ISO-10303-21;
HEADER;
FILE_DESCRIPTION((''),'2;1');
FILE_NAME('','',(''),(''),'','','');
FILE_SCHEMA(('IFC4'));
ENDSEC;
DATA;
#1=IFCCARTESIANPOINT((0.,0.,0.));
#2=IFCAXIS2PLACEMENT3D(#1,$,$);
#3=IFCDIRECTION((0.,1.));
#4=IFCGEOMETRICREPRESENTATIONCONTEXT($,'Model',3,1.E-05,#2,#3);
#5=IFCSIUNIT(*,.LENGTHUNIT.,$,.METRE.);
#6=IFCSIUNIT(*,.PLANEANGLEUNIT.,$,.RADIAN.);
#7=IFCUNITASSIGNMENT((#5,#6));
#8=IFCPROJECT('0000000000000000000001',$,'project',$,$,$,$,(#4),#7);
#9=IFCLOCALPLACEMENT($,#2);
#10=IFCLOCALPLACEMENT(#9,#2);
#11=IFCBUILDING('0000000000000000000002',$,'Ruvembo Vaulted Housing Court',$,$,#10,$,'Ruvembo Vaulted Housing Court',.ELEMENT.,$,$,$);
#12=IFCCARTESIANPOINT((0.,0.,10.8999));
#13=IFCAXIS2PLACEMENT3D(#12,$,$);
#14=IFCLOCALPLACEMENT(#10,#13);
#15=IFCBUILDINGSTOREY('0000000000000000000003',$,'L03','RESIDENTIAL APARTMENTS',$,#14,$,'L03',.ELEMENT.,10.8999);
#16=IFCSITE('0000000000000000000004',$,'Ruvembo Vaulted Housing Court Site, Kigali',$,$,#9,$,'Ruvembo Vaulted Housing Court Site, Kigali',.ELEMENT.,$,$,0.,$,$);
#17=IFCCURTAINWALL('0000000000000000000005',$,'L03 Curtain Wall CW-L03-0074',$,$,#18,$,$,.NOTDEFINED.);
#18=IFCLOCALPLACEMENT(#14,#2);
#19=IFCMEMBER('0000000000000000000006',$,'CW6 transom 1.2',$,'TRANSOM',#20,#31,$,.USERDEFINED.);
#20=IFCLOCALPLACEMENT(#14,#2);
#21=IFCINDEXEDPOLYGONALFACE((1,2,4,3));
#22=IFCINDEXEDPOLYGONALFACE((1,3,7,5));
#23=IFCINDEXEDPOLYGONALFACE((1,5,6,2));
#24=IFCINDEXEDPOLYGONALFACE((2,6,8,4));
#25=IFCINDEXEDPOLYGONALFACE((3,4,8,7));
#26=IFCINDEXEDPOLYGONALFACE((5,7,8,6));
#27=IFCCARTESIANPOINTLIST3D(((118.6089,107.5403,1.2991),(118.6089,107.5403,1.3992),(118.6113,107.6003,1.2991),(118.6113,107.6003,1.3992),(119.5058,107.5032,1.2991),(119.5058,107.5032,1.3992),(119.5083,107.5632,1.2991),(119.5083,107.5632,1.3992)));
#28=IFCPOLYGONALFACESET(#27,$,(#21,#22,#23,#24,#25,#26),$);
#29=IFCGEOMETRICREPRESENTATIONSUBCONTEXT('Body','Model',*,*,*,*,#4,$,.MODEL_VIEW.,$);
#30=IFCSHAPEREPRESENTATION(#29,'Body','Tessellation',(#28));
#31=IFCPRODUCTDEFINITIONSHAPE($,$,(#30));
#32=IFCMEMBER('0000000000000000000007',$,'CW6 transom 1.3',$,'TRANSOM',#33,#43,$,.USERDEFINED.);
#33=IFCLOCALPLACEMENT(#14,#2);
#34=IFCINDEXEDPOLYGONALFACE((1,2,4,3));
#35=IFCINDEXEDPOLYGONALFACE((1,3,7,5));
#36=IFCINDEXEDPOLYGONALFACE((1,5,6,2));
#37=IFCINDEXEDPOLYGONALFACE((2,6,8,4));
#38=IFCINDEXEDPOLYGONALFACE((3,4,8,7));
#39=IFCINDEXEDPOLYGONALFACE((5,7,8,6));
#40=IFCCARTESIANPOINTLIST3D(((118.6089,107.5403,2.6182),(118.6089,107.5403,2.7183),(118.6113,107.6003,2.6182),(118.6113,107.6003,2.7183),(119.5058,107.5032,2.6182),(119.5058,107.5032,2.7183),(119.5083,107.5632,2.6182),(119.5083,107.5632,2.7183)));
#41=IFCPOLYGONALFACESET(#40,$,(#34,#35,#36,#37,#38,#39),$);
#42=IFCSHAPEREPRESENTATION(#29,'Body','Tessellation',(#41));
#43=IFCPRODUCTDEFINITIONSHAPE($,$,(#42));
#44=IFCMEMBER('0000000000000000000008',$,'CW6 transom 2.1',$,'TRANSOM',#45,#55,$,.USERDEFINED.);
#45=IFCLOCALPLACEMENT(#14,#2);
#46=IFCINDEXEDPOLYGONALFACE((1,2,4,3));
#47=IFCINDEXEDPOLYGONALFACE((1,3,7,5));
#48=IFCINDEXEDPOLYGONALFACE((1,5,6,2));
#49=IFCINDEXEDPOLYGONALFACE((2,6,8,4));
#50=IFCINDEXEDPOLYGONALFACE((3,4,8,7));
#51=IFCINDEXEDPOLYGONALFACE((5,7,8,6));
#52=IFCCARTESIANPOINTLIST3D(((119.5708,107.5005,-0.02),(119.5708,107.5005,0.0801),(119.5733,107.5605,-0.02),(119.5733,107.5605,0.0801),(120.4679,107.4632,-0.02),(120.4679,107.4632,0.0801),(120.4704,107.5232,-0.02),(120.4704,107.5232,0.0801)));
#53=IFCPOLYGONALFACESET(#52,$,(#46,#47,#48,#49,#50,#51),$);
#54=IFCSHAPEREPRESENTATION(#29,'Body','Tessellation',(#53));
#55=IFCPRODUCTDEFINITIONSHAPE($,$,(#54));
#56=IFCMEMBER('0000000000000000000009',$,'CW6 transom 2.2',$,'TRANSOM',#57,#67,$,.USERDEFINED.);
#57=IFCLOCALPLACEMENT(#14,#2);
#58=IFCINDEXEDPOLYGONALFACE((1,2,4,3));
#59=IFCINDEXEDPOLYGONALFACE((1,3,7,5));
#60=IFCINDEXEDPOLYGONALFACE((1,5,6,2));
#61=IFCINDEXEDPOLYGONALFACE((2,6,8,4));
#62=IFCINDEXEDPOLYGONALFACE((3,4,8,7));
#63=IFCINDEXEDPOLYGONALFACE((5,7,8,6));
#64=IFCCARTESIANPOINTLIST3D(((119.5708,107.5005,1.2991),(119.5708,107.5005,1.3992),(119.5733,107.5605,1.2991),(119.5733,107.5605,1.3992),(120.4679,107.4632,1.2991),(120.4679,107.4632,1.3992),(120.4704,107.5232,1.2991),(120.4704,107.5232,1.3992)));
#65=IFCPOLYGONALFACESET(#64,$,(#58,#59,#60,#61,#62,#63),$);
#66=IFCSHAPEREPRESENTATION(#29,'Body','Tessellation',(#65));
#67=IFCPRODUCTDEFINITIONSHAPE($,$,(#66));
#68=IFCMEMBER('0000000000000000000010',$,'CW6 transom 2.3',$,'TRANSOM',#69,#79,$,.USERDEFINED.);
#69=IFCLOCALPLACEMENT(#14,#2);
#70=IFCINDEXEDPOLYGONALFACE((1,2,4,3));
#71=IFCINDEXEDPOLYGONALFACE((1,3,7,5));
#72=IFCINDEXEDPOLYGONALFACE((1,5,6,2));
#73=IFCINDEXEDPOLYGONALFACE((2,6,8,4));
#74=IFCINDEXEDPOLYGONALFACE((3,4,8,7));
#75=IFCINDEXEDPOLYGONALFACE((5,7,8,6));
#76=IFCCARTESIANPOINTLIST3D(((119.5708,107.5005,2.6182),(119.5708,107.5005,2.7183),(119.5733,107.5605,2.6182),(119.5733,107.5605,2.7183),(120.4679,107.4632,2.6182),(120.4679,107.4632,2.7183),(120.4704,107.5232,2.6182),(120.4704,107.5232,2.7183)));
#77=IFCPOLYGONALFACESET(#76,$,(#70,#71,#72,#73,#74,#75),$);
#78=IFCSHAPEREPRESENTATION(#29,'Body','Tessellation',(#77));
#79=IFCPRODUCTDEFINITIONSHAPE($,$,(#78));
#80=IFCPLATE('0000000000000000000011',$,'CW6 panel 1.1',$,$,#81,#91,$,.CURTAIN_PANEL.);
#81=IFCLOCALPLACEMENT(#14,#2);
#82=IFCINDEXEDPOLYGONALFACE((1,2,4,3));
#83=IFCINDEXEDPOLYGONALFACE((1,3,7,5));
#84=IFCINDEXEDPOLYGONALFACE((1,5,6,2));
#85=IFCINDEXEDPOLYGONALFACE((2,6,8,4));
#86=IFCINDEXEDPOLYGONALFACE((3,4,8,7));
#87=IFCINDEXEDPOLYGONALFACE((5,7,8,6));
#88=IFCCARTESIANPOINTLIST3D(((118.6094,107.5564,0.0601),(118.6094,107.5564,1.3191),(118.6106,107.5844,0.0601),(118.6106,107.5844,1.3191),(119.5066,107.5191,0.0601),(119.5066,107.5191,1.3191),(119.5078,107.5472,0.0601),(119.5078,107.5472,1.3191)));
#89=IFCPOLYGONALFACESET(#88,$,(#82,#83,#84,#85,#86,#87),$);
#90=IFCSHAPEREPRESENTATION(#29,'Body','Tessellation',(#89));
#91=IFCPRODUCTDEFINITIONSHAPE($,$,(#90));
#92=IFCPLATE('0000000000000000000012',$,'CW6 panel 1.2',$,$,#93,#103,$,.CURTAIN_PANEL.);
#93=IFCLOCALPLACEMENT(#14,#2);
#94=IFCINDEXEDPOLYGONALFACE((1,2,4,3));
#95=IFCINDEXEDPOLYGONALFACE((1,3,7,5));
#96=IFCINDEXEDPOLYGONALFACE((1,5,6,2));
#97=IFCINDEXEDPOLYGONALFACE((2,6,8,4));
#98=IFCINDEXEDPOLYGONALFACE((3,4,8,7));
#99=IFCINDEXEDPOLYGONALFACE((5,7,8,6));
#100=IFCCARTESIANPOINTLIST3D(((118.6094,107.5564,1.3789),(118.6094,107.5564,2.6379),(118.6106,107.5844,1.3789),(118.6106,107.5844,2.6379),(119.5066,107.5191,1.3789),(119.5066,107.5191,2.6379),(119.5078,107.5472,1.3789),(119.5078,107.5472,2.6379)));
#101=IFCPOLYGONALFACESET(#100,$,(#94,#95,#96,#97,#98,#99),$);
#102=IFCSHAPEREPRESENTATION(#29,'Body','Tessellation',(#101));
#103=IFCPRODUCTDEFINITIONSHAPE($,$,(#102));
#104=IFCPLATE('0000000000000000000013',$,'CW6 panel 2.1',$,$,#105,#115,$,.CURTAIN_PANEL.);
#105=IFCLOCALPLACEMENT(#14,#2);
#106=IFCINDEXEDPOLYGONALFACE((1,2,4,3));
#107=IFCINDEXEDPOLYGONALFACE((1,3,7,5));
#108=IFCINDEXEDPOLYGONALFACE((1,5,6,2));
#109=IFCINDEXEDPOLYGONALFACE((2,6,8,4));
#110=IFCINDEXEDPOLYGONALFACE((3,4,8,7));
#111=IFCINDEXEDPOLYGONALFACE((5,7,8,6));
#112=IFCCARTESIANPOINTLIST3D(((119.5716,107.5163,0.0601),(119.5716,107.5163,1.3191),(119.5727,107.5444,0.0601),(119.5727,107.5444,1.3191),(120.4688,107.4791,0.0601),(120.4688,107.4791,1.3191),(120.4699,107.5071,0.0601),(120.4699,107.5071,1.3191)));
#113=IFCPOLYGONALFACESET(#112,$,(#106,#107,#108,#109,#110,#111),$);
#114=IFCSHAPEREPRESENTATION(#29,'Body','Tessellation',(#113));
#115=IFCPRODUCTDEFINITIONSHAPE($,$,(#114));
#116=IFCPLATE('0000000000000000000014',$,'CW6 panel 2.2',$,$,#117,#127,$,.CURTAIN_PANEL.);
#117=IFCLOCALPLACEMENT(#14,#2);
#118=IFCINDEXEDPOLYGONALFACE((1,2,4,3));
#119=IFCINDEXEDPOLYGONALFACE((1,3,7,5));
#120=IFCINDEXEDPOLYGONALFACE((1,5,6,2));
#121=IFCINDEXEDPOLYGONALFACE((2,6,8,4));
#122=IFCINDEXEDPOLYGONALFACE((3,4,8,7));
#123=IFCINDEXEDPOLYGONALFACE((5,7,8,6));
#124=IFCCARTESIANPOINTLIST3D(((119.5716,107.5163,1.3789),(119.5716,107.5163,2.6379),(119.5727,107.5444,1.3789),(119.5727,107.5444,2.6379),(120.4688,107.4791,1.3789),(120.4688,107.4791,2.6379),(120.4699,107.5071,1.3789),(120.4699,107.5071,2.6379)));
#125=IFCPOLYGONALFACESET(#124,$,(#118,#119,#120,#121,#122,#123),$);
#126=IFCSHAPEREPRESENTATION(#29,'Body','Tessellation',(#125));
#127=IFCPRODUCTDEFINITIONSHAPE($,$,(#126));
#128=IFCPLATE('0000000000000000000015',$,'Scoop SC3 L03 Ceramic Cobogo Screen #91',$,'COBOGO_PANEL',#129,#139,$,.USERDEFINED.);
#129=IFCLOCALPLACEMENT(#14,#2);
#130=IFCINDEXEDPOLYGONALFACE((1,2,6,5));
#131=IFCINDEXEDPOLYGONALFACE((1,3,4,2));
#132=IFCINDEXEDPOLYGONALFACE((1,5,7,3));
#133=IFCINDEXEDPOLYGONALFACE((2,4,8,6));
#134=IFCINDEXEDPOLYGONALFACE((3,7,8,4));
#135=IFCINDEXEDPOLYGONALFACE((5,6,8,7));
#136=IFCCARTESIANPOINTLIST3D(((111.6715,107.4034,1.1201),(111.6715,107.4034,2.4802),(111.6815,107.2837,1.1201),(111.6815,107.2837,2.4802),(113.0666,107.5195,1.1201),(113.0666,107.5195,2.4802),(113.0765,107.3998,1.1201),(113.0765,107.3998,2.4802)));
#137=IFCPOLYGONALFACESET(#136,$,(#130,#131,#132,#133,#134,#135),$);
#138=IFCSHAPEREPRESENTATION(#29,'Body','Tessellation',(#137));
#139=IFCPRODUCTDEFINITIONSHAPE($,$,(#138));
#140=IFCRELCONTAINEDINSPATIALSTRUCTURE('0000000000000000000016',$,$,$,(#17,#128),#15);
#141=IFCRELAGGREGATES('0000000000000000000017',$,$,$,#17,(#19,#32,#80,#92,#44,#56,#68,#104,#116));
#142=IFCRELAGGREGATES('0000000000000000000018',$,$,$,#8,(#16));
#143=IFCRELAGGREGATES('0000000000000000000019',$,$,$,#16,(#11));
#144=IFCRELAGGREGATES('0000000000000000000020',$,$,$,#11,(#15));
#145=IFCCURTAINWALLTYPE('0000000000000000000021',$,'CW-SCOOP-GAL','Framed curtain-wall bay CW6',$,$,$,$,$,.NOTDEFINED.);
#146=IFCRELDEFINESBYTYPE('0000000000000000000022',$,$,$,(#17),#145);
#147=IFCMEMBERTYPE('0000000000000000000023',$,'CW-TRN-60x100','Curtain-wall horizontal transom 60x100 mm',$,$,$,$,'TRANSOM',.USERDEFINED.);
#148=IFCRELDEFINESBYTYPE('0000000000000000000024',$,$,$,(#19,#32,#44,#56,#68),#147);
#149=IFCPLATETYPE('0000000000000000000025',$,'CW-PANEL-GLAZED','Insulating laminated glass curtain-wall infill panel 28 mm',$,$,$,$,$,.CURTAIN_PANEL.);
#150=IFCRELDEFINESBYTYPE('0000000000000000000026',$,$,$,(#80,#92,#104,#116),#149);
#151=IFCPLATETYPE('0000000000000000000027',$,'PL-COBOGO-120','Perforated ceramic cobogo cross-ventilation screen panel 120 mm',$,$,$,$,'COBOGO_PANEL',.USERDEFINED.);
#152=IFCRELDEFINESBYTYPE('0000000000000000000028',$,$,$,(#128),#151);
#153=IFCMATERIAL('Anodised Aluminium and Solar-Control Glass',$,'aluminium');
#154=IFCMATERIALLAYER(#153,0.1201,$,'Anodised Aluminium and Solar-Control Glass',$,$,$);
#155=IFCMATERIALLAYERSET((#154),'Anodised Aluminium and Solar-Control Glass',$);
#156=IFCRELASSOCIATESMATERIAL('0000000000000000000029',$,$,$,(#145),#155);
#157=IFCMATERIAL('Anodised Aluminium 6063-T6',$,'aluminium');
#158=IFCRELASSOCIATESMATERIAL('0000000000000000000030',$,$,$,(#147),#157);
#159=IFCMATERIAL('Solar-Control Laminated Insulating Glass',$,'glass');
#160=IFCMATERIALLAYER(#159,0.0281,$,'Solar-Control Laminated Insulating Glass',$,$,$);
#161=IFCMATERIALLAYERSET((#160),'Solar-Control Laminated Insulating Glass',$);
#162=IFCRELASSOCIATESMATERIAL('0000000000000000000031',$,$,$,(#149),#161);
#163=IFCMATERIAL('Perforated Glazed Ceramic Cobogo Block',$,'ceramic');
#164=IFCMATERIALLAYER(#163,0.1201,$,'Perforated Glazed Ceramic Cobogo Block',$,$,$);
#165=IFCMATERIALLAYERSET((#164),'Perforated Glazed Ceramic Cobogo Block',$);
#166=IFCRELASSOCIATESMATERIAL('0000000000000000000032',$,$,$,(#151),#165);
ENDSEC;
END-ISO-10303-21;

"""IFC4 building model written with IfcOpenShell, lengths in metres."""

from ifc_helpers import new_model, si_unit, direction, frame, origin, origin_2d, place, context, subcontext, project, spatial, rectangle, extrude, material, layer, layer_set, material_profile, profile_set, type_object, element, aggregate, save


model = new_model("IFC4")

# Units and contexts
model_context = context("Model", 3, precision=1e-05, world=origin(), true_north=direction((0.0, 1.0)))
body_context = subcontext(model_context, "Body", "Model", "MODEL_VIEW")
ifc_project = project(units=[si_unit("LENGTHUNIT", "METRE"), si_unit("PLANEANGLEUNIT", "RADIAN")], contexts=[model_context])

# Site, building, storey
site_placement = place(None, origin())
site = spatial("IfcSite", under=ifc_project, at=site_placement, Name="Ruvembo Vaulted Housing Court Site, Kigali", LongName="Ruvembo Vaulted Housing Court Site, Kigali", CompositionType="ELEMENT", RefElevation=0.0)
building_placement = place(site_placement, origin())
building = spatial("IfcBuilding", under=site, at=building_placement, Name="Ruvembo Vaulted Housing Court", LongName="Ruvembo Vaulted Housing Court", CompositionType="ELEMENT")
storey_placement = place(building_placement, frame((0.0, 0.0, 10.8999)))
storey = spatial("IfcBuildingStorey", under=building, at=storey_placement, Name="L03", Description="RESIDENTIAL APARTMENTS", LongName="L03", CompositionType="ELEMENT", Elevation=10.8999)

# Curtain wall, members, plates
ifc_material_1 = material(Name="Anodised Aluminium and Solar-Control Glass", Category="aluminium")
ifc_layer_1 = layer(ifc_material_1, 0.1201, Name="Anodised Aluminium and Solar-Control Glass")
ifc_layer_set_1 = layer_set([ifc_layer_1], Name="Anodised Aluminium and Solar-Control Glass")
curtain_wall_type = type_object("IfcCurtainWallType", Name="CW-SCOOP-GAL", Description="Framed curtain-wall bay CW6", PredefinedType="NOTDEFINED", material=ifc_layer_set_1)
curtain_wall_placement = place(storey_placement, origin())
curtain_wall = element("IfcCurtainWall", 1, at=curtain_wall_placement, inside=storey, type_object=curtain_wall_type, Name="L03 Curtain Wall CW-L03-0074", PredefinedType="NOTDEFINED")
ifc_material_2 = material(Name="Anodised Aluminium 6063-T6", Category="aluminium")
ifc_material_profile_1 = material_profile(ifc_material_2, rectangle(XDim=0.0601, YDim=0.1001, at=origin_2d()), Name="ALU 60x100")
ifc_profile_set_1 = profile_set([ifc_material_profile_1], Name="Anodised Aluminium 6063-T6")
member_type_1 = type_object("IfcMemberType", Name="CW-TRN-60x100", Description="Curtain-wall horizontal transom 60x100 mm", ElementType="TRANSOM", PredefinedType="USERDEFINED", material=ifc_profile_set_1)
member_1_placement = place(storey_placement, frame((118.6101, 107.5703, 1.3491), z_axis=(0.999145, -0.041336, 0.0), x_axis=(0.041336, 0.999145, 0.0)))
member_1 = element("IfcMember", 2, at=member_1_placement, type_object=member_type_1, Name="CW6 transom 1.2", ObjectType="TRANSOM", PredefinedType="USERDEFINED", context=body_context, shape_type="SweptSolid", body=[
    extrude(rectangle(XDim=0.0601, YDim=0.1001, at=origin_2d()), origin(), (0.0, 0.0, 1.0), 0.8977),
])
member_2_placement = place(storey_placement, frame((118.6101, 107.5703, 2.6682), z_axis=(0.999145, -0.041336, 0.0), x_axis=(0.041336, 0.999145, 0.0)))
member_2 = element("IfcMember", 3, at=member_2_placement, type_object=member_type_1, Name="CW6 transom 1.3", ObjectType="TRANSOM", PredefinedType="USERDEFINED", context=body_context, shape_type="SweptSolid", body=[
    extrude(rectangle(XDim=0.0601, YDim=0.1001, at=origin_2d()), origin(), (0.0, 0.0, 1.0), 0.8977),
])
member_3_placement = place(storey_placement, frame((119.572, 107.5305, 0.03), z_axis=(0.999134, -0.041597, 0.0), x_axis=(0.041597, 0.999134, 0.0)))
member_3 = element("IfcMember", 4, at=member_3_placement, type_object=member_type_1, Name="CW6 transom 2.1", ObjectType="TRANSOM", PredefinedType="USERDEFINED", context=body_context, shape_type="SweptSolid", body=[
    extrude(rectangle(XDim=0.0601, YDim=0.1001, at=origin_2d()), origin(), (0.0, 0.0, 1.0), 0.8979),
])
member_4_placement = place(storey_placement, frame((119.572, 107.5305, 1.3491), z_axis=(0.999134, -0.041597, 0.0), x_axis=(0.041597, 0.999134, 0.0)))
member_4 = element("IfcMember", 5, at=member_4_placement, type_object=member_type_1, Name="CW6 transom 2.2", ObjectType="TRANSOM", PredefinedType="USERDEFINED", context=body_context, shape_type="SweptSolid", body=[
    extrude(rectangle(XDim=0.0601, YDim=0.1001, at=origin_2d()), origin(), (0.0, 0.0, 1.0), 0.8979),
])
member_5_placement = place(storey_placement, frame((119.572, 107.5305, 2.6682), z_axis=(0.999134, -0.041597, 0.0), x_axis=(0.041597, 0.999134, 0.0)))
member_5 = element("IfcMember", 6, at=member_5_placement, type_object=member_type_1, Name="CW6 transom 2.3", ObjectType="TRANSOM", PredefinedType="USERDEFINED", context=body_context, shape_type="SweptSolid", body=[
    extrude(rectangle(XDim=0.0601, YDim=0.1001, at=origin_2d()), origin(), (0.0, 0.0, 1.0), 0.8979),
])
ifc_material_3 = material(Name="Solar-Control Laminated Insulating Glass", Category="glass")
ifc_layer_2 = layer(ifc_material_3, 0.0281, Name="Solar-Control Laminated Insulating Glass")
ifc_layer_set_2 = layer_set([ifc_layer_2], Name="Solar-Control Laminated Insulating Glass")
plate_type_1 = type_object("IfcPlateType", Name="CW-PANEL-GLAZED", Description="Insulating laminated glass curtain-wall infill panel 28 mm", PredefinedType="CURTAIN_PANEL", material=ifc_layer_set_2)
plate_1_placement = place(storey_placement, frame((119.0586, 107.5518, 0.0601), z_axis=(0.0, 0.0, 1.0), x_axis=(0.999139, -0.041491, 0.0)))
plate_1 = element("IfcPlate", 7, at=plate_1_placement, type_object=plate_type_1, Name="CW6 panel 1.1", PredefinedType="CURTAIN_PANEL", context=body_context, shape_type="SweptSolid", body=[
    extrude(rectangle(XDim=0.8979, YDim=0.0281, at=origin_2d()), origin(), (0.0, 0.0, 1.0), 1.259),
])
plate_2_placement = place(storey_placement, frame((119.0586, 107.5518, 1.3789), z_axis=(0.0, 0.0, 1.0), x_axis=(0.999139, -0.041491, 0.0)))
plate_2 = element("IfcPlate", 8, at=plate_2_placement, type_object=plate_type_1, Name="CW6 panel 1.2", PredefinedType="CURTAIN_PANEL", context=body_context, shape_type="SweptSolid", body=[
    extrude(rectangle(XDim=0.8979, YDim=0.0281, at=origin_2d()), origin(), (0.0, 0.0, 1.0), 1.259),
])
plate_3_placement = place(storey_placement, frame((120.0208, 107.5117, 0.0601), z_axis=(0.0, 0.0, 1.0), x_axis=(0.999139, -0.041491, 0.0)))
plate_3 = element("IfcPlate", 9, at=plate_3_placement, type_object=plate_type_1, Name="CW6 panel 2.1", PredefinedType="CURTAIN_PANEL", context=body_context, shape_type="SweptSolid", body=[
    extrude(rectangle(XDim=0.8979, YDim=0.0281, at=origin_2d()), origin(), (0.0, 0.0, 1.0), 1.259),
])
plate_4_placement = place(storey_placement, frame((120.0208, 107.5117, 1.3789), z_axis=(0.0, 0.0, 1.0), x_axis=(0.999139, -0.041491, 0.0)))
plate_4 = element("IfcPlate", 10, at=plate_4_placement, type_object=plate_type_1, Name="CW6 panel 2.2", PredefinedType="CURTAIN_PANEL", context=body_context, shape_type="SweptSolid", body=[
    extrude(rectangle(XDim=0.8979, YDim=0.0281, at=origin_2d()), origin(), (0.0, 0.0, 1.0), 1.259),
])
aggregate(curtain_wall, [member_1, member_2, plate_1, plate_2, member_3, member_4, member_5, plate_3, plate_4])

# Plate
ifc_material_4 = material(Name="Perforated Glazed Ceramic Cobogo Block", Category="ceramic")
ifc_layer_3 = layer(ifc_material_4, 0.1201, Name="Perforated Glazed Ceramic Cobogo Block")
ifc_layer_set_3 = layer_set([ifc_layer_3], Name="Perforated Glazed Ceramic Cobogo Block")
plate_type_2 = type_object("IfcPlateType", Name="PL-COBOGO-120", Description="Perforated ceramic cobogo cross-ventilation screen panel 120 mm", ElementType="COBOGO_PANEL", PredefinedType="USERDEFINED", material=ifc_layer_set_3)
plate_5_placement = place(storey_placement, frame((112.374, 107.4016, 1.1201), z_axis=(0.0, 0.0, 1.0), x_axis=(0.996554, 0.082947, 0.0)))
element("IfcPlate", 11, at=plate_5_placement, inside=storey, type_object=plate_type_2, Name="Scoop SC3 L03 Ceramic Cobogo Screen #91", ObjectType="COBOGO_PANEL", PredefinedType="USERDEFINED", context=body_context, shape_type="SweptSolid", body=[
    extrude(rectangle(XDim=1.3999, YDim=0.1201, at=origin_2d()), origin(), (0.0, 0.0, 1.0), 1.3601),
])

save(model, "model.ifc")
